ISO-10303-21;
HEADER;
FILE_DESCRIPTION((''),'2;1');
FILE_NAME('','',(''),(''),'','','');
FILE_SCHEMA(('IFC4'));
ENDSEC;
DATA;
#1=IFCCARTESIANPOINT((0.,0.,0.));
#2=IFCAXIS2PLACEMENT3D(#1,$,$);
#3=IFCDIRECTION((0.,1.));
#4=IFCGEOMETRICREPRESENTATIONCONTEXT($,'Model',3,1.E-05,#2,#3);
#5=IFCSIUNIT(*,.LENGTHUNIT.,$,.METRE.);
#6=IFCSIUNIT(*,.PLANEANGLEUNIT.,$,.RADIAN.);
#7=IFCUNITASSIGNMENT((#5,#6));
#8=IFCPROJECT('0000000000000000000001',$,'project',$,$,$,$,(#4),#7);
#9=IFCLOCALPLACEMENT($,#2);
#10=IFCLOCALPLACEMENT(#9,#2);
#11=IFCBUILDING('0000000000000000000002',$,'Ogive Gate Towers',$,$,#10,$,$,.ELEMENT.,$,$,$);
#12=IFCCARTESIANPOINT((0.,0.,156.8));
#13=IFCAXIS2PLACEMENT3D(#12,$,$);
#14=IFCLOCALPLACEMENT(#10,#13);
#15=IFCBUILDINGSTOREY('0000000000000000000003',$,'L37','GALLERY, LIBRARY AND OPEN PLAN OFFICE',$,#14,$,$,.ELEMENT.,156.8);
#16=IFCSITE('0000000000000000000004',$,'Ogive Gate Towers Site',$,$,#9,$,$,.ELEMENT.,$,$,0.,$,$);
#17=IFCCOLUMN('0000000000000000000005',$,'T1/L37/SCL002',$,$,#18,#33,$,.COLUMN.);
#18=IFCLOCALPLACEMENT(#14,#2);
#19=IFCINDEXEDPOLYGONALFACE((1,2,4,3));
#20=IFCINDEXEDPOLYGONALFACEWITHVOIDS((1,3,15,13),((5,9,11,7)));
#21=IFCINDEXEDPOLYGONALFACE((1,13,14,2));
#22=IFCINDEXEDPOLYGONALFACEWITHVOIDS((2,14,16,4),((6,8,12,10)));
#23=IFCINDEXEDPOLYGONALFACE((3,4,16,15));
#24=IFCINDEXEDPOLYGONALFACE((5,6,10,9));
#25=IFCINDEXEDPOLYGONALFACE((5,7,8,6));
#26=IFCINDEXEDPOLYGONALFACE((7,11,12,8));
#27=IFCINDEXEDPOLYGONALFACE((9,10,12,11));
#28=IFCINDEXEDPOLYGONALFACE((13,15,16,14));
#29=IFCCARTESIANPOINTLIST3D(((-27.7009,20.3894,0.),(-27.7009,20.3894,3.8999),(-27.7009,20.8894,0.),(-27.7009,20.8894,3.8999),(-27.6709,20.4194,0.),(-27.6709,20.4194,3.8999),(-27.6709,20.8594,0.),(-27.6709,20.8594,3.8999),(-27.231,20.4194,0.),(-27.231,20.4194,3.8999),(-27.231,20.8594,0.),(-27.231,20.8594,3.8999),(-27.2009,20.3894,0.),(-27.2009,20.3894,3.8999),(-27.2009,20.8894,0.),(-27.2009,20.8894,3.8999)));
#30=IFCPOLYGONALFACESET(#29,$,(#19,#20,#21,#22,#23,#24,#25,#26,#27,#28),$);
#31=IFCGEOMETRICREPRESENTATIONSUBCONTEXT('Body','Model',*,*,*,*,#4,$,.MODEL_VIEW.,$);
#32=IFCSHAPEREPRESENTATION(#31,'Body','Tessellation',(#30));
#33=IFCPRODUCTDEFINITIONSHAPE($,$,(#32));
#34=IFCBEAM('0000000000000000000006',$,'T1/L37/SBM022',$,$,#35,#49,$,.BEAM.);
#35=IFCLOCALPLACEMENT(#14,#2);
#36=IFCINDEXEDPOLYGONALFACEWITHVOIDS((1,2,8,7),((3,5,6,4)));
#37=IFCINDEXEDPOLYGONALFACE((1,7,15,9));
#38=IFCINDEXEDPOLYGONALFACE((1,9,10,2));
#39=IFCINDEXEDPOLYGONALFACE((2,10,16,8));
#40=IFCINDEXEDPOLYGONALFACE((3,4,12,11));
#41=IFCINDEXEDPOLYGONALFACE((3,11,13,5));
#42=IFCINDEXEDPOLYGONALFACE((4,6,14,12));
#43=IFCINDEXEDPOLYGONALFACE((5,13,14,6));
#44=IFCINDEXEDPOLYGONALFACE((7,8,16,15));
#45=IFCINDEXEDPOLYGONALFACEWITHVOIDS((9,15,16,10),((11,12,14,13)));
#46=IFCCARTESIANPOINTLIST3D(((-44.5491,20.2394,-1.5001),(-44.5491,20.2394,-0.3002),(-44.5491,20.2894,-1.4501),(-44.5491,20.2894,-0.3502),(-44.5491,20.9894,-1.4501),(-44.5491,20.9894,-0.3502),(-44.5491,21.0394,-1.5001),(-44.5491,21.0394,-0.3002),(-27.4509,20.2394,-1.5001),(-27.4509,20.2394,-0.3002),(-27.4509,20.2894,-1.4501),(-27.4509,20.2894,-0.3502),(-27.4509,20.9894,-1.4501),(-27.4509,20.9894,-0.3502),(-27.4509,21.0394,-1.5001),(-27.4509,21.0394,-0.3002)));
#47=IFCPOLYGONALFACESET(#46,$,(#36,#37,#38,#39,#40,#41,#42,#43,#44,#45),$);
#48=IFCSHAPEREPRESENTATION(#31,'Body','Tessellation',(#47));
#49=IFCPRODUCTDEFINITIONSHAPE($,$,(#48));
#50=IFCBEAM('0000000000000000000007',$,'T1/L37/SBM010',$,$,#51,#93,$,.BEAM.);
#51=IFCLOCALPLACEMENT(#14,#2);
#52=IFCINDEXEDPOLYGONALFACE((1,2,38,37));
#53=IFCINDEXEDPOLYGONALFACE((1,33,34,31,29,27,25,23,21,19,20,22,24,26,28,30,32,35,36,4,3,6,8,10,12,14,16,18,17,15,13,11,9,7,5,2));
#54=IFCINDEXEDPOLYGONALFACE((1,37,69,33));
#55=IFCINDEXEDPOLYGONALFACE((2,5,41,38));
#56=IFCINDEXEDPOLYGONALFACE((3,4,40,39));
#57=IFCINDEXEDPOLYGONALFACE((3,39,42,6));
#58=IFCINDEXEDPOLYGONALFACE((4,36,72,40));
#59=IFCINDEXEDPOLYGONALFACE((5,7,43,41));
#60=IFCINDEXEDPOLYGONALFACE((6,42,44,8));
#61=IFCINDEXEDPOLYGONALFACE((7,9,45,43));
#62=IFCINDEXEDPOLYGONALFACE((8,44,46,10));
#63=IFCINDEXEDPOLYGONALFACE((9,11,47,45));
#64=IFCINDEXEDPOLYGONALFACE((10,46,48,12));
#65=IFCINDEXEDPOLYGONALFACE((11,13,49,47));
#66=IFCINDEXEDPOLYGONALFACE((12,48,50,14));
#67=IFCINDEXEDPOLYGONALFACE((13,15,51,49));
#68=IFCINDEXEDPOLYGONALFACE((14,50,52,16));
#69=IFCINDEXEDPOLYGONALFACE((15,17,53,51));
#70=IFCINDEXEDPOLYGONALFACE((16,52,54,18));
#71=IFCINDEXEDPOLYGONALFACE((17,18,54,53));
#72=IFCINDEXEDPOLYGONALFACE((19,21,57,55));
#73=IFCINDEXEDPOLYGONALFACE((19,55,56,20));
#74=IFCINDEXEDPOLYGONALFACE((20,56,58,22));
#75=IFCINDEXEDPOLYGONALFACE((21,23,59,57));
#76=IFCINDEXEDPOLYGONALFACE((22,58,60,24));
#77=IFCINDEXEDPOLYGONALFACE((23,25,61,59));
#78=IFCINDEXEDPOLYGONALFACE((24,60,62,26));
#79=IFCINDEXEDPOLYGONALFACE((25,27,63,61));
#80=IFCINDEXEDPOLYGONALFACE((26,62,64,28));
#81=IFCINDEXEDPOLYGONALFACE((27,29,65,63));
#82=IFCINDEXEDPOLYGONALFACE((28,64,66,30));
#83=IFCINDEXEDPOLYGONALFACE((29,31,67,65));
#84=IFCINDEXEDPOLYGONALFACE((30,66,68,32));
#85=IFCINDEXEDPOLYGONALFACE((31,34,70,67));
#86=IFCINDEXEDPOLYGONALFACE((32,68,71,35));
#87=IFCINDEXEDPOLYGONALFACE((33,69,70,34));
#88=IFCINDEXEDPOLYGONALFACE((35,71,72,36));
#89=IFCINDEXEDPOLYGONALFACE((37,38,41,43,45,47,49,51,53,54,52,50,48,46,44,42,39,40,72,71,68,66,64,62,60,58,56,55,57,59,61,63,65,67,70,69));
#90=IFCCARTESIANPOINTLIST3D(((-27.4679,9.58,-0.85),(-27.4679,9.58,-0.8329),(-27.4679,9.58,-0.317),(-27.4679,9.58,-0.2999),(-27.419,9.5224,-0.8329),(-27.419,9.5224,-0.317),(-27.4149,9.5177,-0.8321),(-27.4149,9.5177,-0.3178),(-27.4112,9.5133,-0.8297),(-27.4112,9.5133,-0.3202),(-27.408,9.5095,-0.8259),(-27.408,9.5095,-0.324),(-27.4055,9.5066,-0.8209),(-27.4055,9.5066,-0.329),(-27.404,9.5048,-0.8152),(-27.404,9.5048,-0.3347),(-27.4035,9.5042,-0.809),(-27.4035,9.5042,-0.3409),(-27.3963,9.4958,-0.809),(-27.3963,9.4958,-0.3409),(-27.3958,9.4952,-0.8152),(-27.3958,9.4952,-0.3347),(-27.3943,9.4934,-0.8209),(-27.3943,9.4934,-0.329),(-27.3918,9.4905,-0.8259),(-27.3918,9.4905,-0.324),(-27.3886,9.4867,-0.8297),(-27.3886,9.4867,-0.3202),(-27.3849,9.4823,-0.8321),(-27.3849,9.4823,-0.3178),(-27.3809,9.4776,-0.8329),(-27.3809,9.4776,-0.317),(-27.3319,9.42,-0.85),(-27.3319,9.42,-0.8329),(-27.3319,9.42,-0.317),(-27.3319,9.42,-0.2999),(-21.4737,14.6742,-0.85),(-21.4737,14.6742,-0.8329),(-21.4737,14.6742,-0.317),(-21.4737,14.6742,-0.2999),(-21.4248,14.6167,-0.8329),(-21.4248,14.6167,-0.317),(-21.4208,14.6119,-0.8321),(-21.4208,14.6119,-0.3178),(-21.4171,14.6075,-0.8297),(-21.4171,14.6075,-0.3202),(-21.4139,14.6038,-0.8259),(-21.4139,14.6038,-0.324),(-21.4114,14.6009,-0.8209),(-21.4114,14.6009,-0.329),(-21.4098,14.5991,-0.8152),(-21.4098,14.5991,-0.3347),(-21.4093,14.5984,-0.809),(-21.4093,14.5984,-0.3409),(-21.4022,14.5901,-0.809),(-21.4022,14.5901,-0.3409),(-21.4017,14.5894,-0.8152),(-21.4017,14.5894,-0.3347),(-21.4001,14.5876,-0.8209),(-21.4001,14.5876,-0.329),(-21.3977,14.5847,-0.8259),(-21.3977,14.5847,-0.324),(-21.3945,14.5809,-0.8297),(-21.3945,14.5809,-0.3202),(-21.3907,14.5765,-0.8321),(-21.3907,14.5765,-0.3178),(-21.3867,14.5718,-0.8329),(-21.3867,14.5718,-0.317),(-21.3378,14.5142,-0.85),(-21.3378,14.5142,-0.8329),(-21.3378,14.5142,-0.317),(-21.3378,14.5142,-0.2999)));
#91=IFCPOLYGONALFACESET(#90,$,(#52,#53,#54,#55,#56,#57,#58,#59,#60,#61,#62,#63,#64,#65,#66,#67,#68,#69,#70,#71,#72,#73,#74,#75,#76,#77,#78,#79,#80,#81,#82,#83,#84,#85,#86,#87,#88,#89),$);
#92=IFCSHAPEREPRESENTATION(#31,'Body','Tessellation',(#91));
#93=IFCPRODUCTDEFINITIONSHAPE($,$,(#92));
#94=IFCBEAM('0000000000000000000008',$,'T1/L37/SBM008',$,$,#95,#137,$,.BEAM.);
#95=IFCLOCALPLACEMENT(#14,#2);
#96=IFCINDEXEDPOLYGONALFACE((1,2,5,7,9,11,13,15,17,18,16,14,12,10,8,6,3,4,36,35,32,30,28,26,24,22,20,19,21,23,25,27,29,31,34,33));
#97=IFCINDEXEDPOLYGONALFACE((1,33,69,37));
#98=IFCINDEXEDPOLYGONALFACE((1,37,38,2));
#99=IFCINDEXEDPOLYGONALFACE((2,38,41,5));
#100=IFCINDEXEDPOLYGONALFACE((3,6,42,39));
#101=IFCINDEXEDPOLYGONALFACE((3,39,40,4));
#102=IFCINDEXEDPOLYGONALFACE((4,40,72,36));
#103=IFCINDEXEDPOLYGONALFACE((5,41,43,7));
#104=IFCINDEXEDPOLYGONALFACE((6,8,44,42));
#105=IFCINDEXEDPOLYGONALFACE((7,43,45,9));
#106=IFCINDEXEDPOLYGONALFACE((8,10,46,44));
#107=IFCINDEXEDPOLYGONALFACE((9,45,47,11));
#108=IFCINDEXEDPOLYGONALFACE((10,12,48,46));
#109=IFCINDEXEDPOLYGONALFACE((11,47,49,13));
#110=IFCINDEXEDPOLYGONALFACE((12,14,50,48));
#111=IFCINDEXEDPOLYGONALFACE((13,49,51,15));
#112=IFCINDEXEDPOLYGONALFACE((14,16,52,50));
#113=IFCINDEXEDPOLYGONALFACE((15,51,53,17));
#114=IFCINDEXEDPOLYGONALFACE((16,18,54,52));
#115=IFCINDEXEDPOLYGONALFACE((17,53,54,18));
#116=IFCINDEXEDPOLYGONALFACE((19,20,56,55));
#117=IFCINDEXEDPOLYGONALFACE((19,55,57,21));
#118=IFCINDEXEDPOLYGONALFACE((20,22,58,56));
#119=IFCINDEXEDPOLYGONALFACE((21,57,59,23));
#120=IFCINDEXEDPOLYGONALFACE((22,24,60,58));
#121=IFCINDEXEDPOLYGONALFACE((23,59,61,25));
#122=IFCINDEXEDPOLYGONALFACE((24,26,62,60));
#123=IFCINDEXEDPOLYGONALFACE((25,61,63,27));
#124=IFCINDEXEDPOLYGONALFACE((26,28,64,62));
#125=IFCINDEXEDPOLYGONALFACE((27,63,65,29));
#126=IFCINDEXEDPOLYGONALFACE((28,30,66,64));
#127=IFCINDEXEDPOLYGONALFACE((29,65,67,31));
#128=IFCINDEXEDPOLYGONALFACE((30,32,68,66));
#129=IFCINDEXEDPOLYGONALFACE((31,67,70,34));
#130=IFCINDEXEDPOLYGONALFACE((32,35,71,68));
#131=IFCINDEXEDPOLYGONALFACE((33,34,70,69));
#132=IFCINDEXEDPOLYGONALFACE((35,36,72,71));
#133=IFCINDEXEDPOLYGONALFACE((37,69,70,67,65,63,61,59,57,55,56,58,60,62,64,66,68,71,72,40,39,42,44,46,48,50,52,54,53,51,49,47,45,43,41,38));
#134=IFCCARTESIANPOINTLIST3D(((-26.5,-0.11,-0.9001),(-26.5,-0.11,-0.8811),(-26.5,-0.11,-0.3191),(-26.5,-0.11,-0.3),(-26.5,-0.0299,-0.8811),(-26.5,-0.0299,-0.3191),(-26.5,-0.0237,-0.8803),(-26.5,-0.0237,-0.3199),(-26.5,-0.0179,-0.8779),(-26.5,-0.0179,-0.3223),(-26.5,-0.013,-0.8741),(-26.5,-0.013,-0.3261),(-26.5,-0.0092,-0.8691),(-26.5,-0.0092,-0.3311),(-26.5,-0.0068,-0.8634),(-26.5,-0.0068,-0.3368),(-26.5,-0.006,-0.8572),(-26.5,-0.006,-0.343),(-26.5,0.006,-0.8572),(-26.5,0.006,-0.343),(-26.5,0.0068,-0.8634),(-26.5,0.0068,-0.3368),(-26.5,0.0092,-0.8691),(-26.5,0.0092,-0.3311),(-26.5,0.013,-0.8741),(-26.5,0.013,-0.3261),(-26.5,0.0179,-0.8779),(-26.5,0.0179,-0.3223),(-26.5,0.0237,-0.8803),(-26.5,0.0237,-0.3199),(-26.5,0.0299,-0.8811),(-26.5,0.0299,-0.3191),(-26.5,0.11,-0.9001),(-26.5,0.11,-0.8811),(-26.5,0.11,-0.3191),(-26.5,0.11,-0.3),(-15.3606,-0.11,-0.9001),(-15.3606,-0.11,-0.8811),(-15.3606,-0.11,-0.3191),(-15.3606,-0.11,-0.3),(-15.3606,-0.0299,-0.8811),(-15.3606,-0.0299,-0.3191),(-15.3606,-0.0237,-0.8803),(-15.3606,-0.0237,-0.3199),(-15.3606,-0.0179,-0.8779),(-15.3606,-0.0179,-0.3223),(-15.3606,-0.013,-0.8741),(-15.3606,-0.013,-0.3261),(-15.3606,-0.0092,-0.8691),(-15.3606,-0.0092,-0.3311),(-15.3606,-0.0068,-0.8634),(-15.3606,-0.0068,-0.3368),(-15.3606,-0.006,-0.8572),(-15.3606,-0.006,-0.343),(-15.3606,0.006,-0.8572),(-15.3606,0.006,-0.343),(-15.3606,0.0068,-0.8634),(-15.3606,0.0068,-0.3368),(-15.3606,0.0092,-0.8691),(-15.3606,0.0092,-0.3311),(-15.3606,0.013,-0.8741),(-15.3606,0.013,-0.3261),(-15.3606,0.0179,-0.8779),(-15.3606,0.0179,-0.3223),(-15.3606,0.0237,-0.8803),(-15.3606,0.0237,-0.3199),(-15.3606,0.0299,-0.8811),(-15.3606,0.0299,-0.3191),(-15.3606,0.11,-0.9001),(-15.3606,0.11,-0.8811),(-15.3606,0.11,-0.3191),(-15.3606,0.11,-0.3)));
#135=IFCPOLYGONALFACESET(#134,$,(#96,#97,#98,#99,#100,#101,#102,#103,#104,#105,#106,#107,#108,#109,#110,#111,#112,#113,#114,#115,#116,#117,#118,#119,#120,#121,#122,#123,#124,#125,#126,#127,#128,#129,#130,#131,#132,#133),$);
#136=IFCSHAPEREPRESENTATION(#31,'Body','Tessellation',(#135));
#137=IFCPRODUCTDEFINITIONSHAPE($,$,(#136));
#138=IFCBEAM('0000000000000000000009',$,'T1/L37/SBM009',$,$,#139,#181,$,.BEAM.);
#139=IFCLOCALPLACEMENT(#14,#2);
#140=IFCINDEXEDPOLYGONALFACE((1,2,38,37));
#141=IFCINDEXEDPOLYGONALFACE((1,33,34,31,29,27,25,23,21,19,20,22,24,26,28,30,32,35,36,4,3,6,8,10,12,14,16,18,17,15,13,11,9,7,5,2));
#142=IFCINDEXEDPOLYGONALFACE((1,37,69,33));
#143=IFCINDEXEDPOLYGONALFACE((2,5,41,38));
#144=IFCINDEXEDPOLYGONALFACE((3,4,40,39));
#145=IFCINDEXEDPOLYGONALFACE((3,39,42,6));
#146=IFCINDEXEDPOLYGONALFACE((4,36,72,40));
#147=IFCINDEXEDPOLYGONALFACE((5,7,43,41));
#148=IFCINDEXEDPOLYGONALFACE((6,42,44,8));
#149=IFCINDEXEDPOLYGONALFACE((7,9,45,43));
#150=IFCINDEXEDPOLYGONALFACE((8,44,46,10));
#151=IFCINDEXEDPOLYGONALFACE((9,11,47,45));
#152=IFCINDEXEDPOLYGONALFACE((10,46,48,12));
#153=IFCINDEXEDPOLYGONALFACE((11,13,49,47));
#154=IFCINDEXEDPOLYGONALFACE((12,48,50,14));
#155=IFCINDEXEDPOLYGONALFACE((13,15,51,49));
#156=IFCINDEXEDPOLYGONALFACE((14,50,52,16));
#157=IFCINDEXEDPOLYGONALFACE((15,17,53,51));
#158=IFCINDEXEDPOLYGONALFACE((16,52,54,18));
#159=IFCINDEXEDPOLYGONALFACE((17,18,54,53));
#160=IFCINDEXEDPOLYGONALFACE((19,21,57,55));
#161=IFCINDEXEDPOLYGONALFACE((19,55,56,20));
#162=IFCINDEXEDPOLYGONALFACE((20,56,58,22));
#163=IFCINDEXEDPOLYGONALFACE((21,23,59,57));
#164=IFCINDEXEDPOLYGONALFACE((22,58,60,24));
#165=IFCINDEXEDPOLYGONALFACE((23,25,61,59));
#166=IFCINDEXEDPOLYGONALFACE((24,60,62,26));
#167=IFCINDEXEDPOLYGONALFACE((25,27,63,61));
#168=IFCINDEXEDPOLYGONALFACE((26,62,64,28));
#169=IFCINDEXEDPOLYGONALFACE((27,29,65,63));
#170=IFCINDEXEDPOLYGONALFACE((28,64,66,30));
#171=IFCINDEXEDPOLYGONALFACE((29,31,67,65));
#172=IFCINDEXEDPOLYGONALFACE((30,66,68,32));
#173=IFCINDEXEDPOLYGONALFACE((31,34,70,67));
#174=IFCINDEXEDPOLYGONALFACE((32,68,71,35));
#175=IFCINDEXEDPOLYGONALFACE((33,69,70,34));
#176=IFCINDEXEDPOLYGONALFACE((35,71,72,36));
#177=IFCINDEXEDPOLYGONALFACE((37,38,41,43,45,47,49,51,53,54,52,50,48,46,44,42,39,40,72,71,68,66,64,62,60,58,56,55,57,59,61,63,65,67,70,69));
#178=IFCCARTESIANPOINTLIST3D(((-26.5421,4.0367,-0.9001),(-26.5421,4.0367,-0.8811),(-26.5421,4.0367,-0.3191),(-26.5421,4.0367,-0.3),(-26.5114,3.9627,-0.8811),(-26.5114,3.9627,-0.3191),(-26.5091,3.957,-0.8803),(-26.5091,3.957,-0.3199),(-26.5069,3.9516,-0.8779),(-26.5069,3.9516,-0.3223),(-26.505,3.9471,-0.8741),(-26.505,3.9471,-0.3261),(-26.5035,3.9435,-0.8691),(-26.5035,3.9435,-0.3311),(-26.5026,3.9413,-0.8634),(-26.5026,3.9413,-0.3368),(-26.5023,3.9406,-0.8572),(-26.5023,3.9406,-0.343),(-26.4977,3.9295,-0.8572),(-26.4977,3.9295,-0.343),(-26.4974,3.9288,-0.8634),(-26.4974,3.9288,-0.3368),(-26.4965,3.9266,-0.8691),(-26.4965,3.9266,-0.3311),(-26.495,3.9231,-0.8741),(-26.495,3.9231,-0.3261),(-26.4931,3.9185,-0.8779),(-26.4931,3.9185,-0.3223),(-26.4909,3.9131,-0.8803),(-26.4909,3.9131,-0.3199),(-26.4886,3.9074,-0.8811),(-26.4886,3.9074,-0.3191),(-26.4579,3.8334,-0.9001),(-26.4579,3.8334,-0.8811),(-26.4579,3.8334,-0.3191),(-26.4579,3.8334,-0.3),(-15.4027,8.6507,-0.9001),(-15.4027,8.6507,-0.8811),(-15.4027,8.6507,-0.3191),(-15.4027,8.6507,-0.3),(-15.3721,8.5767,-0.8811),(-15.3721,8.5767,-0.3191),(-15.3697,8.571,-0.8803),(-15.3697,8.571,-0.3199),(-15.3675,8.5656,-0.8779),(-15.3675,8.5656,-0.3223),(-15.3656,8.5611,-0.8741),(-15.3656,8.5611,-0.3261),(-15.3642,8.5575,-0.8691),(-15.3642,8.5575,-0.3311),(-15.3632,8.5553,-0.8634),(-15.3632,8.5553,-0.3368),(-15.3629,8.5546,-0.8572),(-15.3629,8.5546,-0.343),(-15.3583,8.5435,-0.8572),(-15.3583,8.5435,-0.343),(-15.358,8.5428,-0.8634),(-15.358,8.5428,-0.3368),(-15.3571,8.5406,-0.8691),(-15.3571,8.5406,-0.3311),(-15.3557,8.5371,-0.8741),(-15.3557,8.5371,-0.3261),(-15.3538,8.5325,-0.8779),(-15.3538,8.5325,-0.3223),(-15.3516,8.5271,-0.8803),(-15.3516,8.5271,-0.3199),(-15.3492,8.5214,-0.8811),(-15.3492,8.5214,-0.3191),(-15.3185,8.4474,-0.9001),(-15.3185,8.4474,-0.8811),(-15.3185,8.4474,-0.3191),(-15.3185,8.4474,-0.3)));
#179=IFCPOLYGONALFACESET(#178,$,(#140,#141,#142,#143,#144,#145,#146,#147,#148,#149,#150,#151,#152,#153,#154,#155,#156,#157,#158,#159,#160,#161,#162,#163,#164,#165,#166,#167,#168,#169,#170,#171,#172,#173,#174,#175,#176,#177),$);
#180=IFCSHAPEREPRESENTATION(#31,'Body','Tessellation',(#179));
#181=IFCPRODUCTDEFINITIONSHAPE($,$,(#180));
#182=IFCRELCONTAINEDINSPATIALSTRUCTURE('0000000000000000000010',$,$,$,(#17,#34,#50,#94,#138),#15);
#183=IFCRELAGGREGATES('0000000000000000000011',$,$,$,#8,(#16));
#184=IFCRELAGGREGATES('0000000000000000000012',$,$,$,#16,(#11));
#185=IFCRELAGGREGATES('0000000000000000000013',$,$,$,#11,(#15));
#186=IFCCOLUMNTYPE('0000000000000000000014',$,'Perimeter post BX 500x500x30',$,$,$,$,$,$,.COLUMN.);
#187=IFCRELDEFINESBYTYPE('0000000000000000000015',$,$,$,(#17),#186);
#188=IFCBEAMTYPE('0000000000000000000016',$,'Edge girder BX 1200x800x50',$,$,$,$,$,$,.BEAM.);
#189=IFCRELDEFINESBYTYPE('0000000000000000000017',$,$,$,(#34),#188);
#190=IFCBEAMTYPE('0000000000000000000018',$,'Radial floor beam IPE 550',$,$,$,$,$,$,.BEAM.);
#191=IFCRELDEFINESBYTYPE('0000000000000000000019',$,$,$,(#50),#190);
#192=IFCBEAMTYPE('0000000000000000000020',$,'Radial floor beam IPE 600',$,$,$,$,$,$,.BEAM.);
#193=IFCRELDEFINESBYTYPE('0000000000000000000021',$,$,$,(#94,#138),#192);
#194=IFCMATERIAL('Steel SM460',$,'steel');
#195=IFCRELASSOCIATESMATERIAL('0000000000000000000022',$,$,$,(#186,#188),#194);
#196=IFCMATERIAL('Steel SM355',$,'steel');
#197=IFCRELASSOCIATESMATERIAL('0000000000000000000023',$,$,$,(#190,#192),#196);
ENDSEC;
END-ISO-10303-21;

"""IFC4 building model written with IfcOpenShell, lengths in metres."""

from ifc_helpers import new_model, si_unit, direction, frame, origin, origin_2d, place, context, subcontext, project, spatial, hollow_rectangle, i_section, extrude, material, material_profile, profile_set, type_object, element, save


model = new_model("IFC4")

# Units and contexts
model_context = context("Model", 3, precision=1e-05, world=origin(), true_north=direction((0.0, 1.0)))
body_context = subcontext(model_context, "Body", "Model", "MODEL_VIEW")
ifc_project = project(units=[si_unit("LENGTHUNIT", "METRE"), si_unit("PLANEANGLEUNIT", "RADIAN")], contexts=[model_context])

# Site, building, storey
site_placement = place(None, origin())
site = spatial("IfcSite", under=ifc_project, at=site_placement, Name="Ogive Gate Towers Site", CompositionType="ELEMENT", RefElevation=0.0)
building_placement = place(site_placement, origin())
building = spatial("IfcBuilding", under=site, at=building_placement, Name="Ogive Gate Towers", CompositionType="ELEMENT")
storey_placement = place(building_placement, frame((0.0, 0.0, 156.8)))
storey = spatial("IfcBuildingStorey", under=building, at=storey_placement, Name="L37", Description="GALLERY, LIBRARY AND OPEN PLAN OFFICE", CompositionType="ELEMENT", Elevation=156.8)

# Column
ifc_material_1 = material(Name="Steel SM460", Category="steel")
ifc_material_profile_1 = material_profile(ifc_material_1, hollow_rectangle(XDim=0.5, YDim=0.5, WallThickness=0.03, at=origin_2d()), Name="BX 500x500x30")
ifc_profile_set_1 = profile_set([ifc_material_profile_1], Name="Steel SM460")
column_type = type_object("IfcColumnType", Name="Perimeter post BX 500x500x30", PredefinedType="COLUMN", material=ifc_profile_set_1)
column_placement = place(storey_placement, frame((-27.4509, 20.6394, 0.0), z_axis=(0.0, 0.0, 1.0), x_axis=(1.0, 0.0, 0.0)))
element("IfcColumn", 1, at=column_placement, inside=storey, type_object=column_type, Name="T1/L37/SCL002", PredefinedType="COLUMN", context=body_context, shape_type="SweptSolid", body=[
    extrude(hollow_rectangle(XDim=0.5, YDim=0.5, WallThickness=0.03, at=origin_2d()), origin(), (0.0, 0.0, 1.0), 3.8999),
])

# Beams
ifc_material_profile_2 = material_profile(ifc_material_1, hollow_rectangle(XDim=0.8, YDim=1.2, WallThickness=0.05, at=origin_2d()), Name="BX 1200x800x50")
ifc_profile_set_2 = profile_set([ifc_material_profile_2], Name="Steel SM460")
beam_type_1 = type_object("IfcBeamType", Name="Edge girder BX 1200x800x50", PredefinedType="BEAM", material=ifc_profile_set_2)
beam_1_placement = place(storey_placement, frame((-27.4509, 20.6394, -0.9001), z_axis=(-1.0, 0.0, 0.0), x_axis=(0.0, -1.0, 0.0)))
element("IfcBeam", 2, at=beam_1_placement, inside=storey, type_object=beam_type_1, Name="T1/L37/SBM022", PredefinedType="BEAM", context=body_context, shape_type="SweptSolid", body=[
    extrude(hollow_rectangle(XDim=0.8, YDim=1.2, WallThickness=0.05, at=origin_2d()), origin(), (0.0, 0.0, 1.0), 17.0981),
])
ifc_material_2 = material(Name="Steel SM355", Category="steel")
ifc_material_profile_3 = material_profile(ifc_material_2, i_section(OverallWidth=0.21, OverallDepth=0.55, WebThickness=0.011, FlangeThickness=0.0171, FilletRadius=0.0239, at=origin_2d()), Name="IPE 550")
ifc_profile_set_3 = profile_set([ifc_material_profile_3], Name="Steel SM355")
beam_type_2 = type_object("IfcBeamType", Name="Radial floor beam IPE 550", PredefinedType="BEAM", material=ifc_profile_set_3)
beam_2_placement = place(storey_placement, frame((-27.3999, 9.5, -0.575), z_axis=(0.761988, 0.647591, 0.0), x_axis=(-0.647591, 0.761988, 0.0)))
element("IfcBeam", 3, at=beam_2_placement, inside=storey, type_object=beam_type_2, Name="T1/L37/SBM010", PredefinedType="BEAM", context=body_context, shape_type="SweptSolid", body=[
    extrude(i_section(OverallWidth=0.21, OverallDepth=0.55, WebThickness=0.011, FlangeThickness=0.0171, FilletRadius=0.0239, at=origin_2d()), origin(), (0.0, 0.0, 1.0), 7.8665),
])
ifc_material_profile_4 = material_profile(ifc_material_2, i_section(OverallWidth=0.22, OverallDepth=0.6001, WebThickness=0.012, FlangeThickness=0.019, FilletRadius=0.0239, at=origin_2d()), Name="IPE 600")
ifc_profile_set_4 = profile_set([ifc_material_profile_4], Name="Steel SM355")
beam_type_3 = type_object("IfcBeamType", Name="Radial floor beam IPE 600", PredefinedType="BEAM", material=ifc_profile_set_4)
beam_3_placement = place(storey_placement, frame((-26.5, 0.0, -0.6001), z_axis=(1.0, 0.0, 0.0), x_axis=(0.0, 1.0, 0.0)))
element("IfcBeam", 4, at=beam_3_placement, inside=storey, type_object=beam_type_3, Name="T1/L37/SBM008", PredefinedType="BEAM", context=body_context, shape_type="SweptSolid", body=[
    extrude(i_section(OverallWidth=0.22, OverallDepth=0.6001, WebThickness=0.012, FlangeThickness=0.019, FilletRadius=0.0239, at=origin_2d()), origin(), (0.0, 0.0, 1.0), 11.1394),
])
for number, where, z_axis, x_axis, name in (
    (5, (-26.5, 3.9351, -0.6001), (0.923882, 0.382678, 0.0), (-0.382678, 0.923882, 0.0), "T1/L37/SBM009"),
):
    element("IfcBeam", number, at=place(storey_placement, frame(where, z_axis=z_axis, x_axis=x_axis)), inside=storey, type_object=beam_type_3, Name=name, PredefinedType="BEAM", context=body_context, shape_type="SweptSolid", body=[
        extrude(i_section(OverallWidth=0.22, OverallDepth=0.6001, WebThickness=0.012, FlangeThickness=0.019, FilletRadius=0.0239, at=origin_2d()), origin(), (0.0, 0.0, 1.0), 12.0571),
    ])

save(model, "model.ifc")
